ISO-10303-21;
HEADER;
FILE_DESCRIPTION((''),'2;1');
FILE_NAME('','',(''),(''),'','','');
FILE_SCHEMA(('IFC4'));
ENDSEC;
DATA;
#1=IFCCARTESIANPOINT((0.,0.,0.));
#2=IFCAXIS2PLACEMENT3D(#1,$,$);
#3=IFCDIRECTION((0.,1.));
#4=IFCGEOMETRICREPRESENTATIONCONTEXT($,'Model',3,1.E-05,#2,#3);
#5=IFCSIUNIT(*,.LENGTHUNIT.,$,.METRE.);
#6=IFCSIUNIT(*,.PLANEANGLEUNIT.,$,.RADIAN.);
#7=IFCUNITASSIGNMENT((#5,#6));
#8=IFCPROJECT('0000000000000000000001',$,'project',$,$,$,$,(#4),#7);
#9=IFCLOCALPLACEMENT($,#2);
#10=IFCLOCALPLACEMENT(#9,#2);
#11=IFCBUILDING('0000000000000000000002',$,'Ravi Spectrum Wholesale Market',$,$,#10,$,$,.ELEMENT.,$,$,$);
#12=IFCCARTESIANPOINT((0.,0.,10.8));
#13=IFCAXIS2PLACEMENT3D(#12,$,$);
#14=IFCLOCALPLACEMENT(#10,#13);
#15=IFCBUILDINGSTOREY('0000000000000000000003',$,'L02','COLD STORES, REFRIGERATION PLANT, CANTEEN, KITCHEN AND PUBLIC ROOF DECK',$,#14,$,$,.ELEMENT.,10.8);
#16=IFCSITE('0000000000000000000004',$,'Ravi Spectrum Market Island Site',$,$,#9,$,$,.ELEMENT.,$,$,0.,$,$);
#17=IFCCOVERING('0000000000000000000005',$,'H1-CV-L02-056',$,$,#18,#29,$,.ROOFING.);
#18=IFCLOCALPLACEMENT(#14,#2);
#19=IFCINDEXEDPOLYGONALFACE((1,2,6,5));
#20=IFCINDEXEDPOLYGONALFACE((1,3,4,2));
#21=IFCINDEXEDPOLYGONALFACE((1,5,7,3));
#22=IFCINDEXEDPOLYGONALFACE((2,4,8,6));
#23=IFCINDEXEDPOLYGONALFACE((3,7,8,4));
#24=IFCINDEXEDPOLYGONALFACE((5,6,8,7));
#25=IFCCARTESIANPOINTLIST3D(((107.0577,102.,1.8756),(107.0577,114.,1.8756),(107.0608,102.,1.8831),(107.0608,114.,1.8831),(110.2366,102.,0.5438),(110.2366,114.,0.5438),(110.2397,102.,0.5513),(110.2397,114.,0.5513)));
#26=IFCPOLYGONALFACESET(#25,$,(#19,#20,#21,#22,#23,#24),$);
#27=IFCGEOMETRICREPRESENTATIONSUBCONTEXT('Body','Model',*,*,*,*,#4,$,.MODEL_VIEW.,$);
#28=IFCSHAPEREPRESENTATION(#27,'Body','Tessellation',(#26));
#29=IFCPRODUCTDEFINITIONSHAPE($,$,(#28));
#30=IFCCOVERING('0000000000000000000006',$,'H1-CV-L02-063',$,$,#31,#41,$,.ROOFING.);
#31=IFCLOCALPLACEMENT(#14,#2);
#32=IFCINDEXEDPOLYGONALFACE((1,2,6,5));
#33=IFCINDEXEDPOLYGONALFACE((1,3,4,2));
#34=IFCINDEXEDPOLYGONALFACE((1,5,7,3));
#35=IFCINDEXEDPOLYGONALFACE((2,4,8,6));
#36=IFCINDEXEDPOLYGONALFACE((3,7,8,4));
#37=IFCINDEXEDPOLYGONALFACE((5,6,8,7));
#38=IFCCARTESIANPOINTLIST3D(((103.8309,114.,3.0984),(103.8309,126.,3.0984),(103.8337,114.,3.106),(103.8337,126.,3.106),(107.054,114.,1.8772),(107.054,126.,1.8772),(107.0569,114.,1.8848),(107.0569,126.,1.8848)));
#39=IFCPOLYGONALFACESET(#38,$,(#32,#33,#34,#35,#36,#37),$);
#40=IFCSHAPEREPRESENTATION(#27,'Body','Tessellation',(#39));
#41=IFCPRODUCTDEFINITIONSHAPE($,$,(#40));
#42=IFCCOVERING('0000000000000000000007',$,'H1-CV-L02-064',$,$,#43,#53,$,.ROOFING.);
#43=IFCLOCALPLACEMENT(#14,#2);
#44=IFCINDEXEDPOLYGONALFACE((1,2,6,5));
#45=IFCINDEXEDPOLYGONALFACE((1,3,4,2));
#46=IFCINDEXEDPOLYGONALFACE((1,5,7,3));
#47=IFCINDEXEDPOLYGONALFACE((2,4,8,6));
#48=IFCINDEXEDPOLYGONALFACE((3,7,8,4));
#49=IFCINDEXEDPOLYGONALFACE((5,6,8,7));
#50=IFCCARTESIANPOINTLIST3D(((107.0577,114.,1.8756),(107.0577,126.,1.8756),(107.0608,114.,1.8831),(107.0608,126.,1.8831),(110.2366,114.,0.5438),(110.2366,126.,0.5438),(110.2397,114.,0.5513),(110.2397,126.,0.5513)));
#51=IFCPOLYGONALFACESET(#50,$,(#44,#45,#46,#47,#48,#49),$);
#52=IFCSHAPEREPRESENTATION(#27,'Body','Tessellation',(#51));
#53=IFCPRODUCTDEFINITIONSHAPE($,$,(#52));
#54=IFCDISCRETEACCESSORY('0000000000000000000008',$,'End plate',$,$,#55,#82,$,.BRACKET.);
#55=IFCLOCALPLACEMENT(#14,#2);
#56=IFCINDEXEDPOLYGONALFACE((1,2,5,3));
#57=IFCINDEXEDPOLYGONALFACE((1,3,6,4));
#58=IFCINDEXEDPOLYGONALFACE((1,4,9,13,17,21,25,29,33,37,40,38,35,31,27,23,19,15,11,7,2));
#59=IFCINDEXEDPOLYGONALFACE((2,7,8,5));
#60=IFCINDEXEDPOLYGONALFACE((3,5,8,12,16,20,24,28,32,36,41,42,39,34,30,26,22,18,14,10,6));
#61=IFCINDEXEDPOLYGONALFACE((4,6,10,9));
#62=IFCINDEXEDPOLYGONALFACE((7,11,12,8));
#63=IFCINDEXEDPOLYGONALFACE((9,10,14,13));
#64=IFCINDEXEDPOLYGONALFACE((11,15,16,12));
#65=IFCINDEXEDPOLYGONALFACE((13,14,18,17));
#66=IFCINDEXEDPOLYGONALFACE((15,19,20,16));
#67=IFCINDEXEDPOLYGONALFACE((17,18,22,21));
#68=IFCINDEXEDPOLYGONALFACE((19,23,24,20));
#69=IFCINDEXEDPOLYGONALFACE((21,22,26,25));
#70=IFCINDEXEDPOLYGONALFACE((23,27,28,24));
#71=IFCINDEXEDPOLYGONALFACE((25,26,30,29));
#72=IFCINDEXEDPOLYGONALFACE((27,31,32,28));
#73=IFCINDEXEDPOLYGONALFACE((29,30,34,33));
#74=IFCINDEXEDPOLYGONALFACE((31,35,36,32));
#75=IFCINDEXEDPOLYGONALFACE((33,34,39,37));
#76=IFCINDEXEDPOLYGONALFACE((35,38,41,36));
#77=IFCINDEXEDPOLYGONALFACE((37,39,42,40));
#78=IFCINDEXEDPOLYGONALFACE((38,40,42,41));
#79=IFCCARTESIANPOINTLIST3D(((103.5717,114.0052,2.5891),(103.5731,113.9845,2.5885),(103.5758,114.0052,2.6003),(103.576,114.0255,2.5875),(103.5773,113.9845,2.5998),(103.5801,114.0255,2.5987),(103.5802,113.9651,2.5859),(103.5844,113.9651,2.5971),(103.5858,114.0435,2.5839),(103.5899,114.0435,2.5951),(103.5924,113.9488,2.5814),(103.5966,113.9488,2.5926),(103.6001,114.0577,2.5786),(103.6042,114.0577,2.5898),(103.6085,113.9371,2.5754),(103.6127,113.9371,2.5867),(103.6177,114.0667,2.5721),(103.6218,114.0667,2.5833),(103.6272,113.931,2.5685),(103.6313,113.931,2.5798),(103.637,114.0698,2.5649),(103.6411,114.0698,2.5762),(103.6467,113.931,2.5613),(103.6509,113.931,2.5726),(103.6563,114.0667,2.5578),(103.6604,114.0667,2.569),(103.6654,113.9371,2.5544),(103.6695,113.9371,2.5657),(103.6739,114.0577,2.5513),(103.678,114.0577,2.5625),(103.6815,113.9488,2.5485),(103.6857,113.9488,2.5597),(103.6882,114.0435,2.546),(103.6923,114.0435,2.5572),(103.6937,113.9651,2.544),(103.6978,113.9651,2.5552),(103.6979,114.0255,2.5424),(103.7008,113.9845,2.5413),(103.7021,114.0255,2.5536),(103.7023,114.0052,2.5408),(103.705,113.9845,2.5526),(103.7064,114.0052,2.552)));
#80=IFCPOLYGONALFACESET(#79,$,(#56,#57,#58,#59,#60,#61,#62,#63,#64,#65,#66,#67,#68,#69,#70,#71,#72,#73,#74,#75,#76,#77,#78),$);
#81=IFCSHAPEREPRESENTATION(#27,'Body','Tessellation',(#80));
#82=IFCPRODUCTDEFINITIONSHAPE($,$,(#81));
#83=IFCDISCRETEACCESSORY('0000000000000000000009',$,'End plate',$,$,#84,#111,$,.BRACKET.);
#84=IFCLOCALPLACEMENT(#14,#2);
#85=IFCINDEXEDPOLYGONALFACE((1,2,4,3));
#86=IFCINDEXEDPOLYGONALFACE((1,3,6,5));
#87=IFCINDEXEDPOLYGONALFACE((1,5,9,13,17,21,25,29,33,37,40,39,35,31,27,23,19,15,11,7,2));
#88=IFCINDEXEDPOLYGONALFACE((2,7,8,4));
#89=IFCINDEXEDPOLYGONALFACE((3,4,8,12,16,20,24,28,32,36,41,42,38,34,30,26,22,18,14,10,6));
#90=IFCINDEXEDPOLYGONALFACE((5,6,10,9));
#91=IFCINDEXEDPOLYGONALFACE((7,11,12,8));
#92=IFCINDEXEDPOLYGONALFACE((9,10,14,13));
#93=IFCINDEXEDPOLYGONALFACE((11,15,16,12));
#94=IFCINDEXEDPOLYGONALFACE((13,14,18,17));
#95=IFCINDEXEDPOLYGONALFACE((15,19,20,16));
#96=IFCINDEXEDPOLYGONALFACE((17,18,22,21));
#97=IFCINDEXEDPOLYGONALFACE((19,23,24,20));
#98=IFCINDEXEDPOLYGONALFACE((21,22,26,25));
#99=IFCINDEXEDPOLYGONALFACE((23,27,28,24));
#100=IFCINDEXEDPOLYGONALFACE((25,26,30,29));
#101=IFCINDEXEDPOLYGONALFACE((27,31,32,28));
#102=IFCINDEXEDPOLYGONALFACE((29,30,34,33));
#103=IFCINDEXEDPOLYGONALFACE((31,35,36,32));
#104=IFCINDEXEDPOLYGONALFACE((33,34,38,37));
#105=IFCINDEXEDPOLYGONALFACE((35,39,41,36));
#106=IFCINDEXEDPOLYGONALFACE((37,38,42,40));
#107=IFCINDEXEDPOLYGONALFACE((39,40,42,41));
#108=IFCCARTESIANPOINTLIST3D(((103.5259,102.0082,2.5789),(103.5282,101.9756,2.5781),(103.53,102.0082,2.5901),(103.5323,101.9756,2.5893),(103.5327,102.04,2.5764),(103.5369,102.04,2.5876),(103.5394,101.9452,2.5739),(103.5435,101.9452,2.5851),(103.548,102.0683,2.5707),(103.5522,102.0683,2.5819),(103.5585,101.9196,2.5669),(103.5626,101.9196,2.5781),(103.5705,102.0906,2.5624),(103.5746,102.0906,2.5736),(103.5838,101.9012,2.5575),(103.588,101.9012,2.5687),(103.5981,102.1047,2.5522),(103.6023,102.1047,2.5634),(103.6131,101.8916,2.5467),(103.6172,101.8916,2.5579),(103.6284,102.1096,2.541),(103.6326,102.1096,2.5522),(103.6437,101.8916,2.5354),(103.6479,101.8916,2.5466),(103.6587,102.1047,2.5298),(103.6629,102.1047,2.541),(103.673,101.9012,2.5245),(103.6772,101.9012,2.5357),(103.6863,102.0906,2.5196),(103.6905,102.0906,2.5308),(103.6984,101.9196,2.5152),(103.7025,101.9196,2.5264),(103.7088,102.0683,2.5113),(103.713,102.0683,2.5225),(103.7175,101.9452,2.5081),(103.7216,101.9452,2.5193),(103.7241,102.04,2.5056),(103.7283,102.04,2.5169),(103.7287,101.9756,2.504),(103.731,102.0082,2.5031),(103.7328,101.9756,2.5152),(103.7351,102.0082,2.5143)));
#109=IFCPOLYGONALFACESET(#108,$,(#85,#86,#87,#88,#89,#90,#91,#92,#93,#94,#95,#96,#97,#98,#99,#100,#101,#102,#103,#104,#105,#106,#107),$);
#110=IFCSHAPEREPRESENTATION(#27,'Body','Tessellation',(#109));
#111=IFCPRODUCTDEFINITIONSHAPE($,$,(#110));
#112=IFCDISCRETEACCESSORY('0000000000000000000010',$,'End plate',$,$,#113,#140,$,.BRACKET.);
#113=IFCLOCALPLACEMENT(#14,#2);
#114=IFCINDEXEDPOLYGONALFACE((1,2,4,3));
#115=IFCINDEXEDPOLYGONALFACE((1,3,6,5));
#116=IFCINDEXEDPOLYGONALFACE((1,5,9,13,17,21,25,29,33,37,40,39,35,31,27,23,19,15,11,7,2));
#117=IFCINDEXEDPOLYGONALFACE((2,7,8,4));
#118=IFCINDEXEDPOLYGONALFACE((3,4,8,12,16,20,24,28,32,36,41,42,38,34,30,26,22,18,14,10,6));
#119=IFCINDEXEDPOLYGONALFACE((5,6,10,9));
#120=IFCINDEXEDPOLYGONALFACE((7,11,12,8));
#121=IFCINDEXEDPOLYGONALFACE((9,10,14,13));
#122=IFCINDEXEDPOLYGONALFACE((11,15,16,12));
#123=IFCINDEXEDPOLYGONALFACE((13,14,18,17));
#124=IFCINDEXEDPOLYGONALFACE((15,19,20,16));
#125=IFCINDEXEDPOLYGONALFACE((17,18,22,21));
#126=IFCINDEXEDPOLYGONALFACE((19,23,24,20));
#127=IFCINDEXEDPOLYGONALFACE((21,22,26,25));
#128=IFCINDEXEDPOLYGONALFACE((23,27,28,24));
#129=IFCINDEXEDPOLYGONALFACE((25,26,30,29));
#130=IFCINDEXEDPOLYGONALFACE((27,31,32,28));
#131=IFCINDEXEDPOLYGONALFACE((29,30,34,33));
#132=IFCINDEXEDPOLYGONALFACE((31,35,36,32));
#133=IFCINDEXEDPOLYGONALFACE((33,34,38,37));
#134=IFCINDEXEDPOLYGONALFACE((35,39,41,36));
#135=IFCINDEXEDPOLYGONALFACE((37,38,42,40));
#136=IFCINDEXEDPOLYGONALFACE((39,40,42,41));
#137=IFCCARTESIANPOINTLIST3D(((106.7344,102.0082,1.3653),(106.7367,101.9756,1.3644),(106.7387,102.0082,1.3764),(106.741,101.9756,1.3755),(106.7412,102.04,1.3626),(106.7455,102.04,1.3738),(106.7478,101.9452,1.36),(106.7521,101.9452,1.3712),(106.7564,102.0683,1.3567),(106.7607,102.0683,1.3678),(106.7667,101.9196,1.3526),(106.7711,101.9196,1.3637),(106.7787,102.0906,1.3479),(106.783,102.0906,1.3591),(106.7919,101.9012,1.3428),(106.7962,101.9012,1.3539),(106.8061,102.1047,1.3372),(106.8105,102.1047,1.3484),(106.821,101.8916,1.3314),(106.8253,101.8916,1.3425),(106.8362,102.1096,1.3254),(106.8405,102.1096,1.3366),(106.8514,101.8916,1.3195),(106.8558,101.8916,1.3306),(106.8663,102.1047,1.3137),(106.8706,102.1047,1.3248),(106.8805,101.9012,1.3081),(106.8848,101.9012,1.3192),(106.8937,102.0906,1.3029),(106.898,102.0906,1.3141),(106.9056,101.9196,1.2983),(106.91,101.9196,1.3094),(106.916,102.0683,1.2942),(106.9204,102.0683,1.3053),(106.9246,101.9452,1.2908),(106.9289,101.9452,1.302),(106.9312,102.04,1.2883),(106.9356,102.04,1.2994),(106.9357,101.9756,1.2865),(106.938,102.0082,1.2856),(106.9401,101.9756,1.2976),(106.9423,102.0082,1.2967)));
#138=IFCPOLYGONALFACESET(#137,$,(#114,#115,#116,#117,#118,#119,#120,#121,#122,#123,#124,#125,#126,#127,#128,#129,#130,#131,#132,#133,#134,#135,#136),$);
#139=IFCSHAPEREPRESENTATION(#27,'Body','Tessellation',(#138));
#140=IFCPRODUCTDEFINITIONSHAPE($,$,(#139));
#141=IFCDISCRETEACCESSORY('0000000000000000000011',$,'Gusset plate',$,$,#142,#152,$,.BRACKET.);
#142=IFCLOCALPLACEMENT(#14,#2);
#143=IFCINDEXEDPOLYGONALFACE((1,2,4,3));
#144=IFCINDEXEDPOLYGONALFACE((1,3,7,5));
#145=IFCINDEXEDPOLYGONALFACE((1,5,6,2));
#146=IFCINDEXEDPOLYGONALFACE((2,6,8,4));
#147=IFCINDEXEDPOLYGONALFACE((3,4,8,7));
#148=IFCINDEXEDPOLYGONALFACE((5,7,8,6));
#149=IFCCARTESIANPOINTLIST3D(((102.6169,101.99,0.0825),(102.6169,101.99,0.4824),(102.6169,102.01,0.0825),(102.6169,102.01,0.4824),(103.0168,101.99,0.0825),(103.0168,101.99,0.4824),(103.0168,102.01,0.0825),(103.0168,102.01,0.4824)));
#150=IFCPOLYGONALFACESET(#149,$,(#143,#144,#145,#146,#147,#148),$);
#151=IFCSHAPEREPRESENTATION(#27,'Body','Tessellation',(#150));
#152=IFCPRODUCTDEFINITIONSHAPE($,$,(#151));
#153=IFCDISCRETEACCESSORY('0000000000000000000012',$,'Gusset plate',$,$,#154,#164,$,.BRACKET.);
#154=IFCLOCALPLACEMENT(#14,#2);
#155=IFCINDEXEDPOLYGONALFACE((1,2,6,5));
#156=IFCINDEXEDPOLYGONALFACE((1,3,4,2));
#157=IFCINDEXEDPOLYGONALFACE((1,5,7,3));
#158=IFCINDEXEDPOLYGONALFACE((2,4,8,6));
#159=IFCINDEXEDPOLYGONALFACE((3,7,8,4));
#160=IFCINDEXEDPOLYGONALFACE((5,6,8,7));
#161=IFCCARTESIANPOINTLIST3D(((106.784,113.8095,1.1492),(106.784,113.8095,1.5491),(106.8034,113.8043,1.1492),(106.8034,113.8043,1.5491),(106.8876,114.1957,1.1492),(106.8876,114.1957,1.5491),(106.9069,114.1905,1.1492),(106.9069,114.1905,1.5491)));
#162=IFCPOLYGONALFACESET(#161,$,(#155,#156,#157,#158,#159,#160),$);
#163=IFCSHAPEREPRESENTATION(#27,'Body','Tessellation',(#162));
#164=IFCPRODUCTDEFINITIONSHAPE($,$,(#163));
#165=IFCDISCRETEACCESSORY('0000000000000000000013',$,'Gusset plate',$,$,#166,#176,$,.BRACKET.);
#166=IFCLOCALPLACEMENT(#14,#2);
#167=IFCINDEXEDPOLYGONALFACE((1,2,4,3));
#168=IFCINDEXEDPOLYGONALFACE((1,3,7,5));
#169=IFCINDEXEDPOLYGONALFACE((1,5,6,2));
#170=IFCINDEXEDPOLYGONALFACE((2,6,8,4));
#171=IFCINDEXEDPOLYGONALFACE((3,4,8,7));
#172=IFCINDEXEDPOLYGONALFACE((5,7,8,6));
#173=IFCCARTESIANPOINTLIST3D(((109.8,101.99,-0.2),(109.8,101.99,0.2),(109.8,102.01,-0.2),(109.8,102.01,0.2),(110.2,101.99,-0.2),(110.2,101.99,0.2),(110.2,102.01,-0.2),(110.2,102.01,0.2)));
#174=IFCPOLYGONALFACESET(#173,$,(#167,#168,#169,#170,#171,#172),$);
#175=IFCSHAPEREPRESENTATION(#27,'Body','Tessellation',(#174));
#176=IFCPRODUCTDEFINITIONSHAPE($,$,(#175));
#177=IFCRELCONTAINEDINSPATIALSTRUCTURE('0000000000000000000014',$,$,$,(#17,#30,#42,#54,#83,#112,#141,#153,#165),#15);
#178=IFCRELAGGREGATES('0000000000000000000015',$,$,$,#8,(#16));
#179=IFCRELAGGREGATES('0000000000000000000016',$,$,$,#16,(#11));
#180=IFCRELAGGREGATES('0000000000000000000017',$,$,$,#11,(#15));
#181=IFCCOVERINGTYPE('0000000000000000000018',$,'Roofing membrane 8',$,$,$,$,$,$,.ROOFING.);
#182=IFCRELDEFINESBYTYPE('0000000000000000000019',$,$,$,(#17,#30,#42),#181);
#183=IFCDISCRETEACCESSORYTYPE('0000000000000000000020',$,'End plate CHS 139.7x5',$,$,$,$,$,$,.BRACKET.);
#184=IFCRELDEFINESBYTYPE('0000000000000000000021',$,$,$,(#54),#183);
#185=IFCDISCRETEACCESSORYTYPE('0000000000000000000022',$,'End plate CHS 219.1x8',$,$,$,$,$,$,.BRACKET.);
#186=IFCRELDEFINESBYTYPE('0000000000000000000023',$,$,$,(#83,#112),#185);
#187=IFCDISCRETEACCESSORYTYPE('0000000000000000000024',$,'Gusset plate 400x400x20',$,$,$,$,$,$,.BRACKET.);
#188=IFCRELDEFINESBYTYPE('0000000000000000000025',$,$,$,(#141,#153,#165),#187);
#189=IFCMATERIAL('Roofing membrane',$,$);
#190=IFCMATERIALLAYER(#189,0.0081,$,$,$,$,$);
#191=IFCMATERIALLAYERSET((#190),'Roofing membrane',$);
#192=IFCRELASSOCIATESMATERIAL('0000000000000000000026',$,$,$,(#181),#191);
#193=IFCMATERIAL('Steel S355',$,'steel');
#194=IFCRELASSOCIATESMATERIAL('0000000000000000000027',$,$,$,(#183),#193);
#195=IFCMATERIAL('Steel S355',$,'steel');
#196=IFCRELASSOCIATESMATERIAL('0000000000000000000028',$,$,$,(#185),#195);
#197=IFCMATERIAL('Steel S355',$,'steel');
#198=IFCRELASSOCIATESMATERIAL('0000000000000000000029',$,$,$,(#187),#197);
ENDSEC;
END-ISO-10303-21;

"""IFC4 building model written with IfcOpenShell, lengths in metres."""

from ifc_helpers import new_model, si_unit, direction, frame, origin, origin_2d, place, context, subcontext, project, spatial, polyline, rectangle, circle, outline, extrude, material, layer, layer_set, material_profile, profile_set, type_object, element, save


model = new_model("IFC4")

# Units and contexts
model_context = context("Model", 3, precision=1e-05, world=origin(), true_north=direction((0.0, 1.0)))
body_context = subcontext(model_context, "Body", "Model", "MODEL_VIEW")
ifc_project = project(units=[si_unit("LENGTHUNIT", "METRE"), si_unit("PLANEANGLEUNIT", "RADIAN")], contexts=[model_context])

# Site, building, storey
site_placement = place(None, origin())
site = spatial("IfcSite", under=ifc_project, at=site_placement, Name="Ravi Spectrum Market Island Site", CompositionType="ELEMENT", RefElevation=0.0)
building_placement = place(site_placement, origin())
building = spatial("IfcBuilding", under=site, at=building_placement, Name="Ravi Spectrum Wholesale Market", CompositionType="ELEMENT")
storey_placement = place(building_placement, frame((0.0, 0.0, 10.8)))
storey = spatial("IfcBuildingStorey", under=building, at=storey_placement, Name="L02", Description="COLD STORES, REFRIGERATION PLANT, CANTEEN, KITCHEN AND PUBLIC ROOF DECK", CompositionType="ELEMENT", Elevation=10.8)

# Coverings
ifc_material_1 = material(Name="Roofing membrane")
ifc_layer_1 = layer(ifc_material_1, 0.0081)
ifc_layer_set_1 = layer_set([ifc_layer_1], Name="Roofing membrane")
covering_type = type_object("IfcCoveringType", Name="Roofing membrane 8", PredefinedType="ROOFING", material=ifc_layer_set_1)
covering_1_placement = place(storey_placement, frame((107.0608, 102.0, 1.8831), z_axis=(0.3864, 0.0, 0.922331), x_axis=(0.922331, 0.0, -0.3864)))
element("IfcCovering", 1, at=covering_1_placement, inside=storey, type_object=covering_type, Name="H1-CV-L02-056", PredefinedType="ROOFING", context=body_context, shape_type="SweptSolid", body=[
    extrude(outline(polyline([(0.0, 0.0), (3.4467, 0.0), (3.4467, 12.0), (0.0, 12.0), (0.0, 0.0)])), origin(), (0.0, 0.0, -1.0), 0.0081),
])
covering_2_placement = place(storey_placement, frame((103.8337, 114.0, 3.106), z_axis=(0.354304, 0.0, 0.93513), x_axis=(0.93513, 0.0, -0.354304)))
element("IfcCovering", 2, at=covering_2_placement, inside=storey, type_object=covering_type, Name="H1-CV-L02-063", PredefinedType="ROOFING", context=body_context, shape_type="SweptSolid", body=[
    extrude(outline(polyline([(0.0, 0.0), (3.4467, 0.0), (3.4467, 12.0), (0.0, 12.0), (0.0, 0.0)])), origin(), (0.0, 0.0, -1.0), 0.0081),
])
covering_3_placement = place(storey_placement, frame((107.0608, 114.0, 1.8831), z_axis=(0.3864, 0.0, 0.922331), x_axis=(0.922331, 0.0, -0.3864)))
element("IfcCovering", 3, at=covering_3_placement, inside=storey, type_object=covering_type, Name="H1-CV-L02-064", PredefinedType="ROOFING", context=body_context, shape_type="SweptSolid", body=[
    extrude(outline(polyline([(0.0, 0.0), (3.4467, 0.0), (3.4467, 12.0), (0.0, 12.0), (0.0, 0.0)])), origin(), (0.0, 0.0, -1.0), 0.0081),
])

# Discrete accessories
ifc_material_2 = material(Name="Steel S355", Category="steel")
ifc_material_profile_1 = material_profile(ifc_material_2, circle(Radius=0.0698, at=origin_2d()))
ifc_profile_set_1 = profile_set([ifc_material_profile_1], Name="Steel S355")
discrete_accessory_type_1 = type_object("IfcDiscreteAccessoryType", Name="End plate CHS 139.7x5", PredefinedType="BRACKET", material=ifc_profile_set_1)
discrete_accessory_placement = place(storey_placement, frame((103.637, 114.0, 2.5649), z_axis=(0.34665, 0.0, 0.937994), x_axis=(0.0, 1.0, 0.0)))
element("IfcDiscreteAccessory", 4, at=discrete_accessory_placement, inside=storey, type_object=discrete_accessory_type_1, Name="End plate", PredefinedType="BRACKET", context=body_context, shape_type="SweptSolid", body=[
    extrude(circle(Radius=0.0698, at=origin_2d()), origin(), (0.0, 0.0, 1.0), 0.012),
])
ifc_material_3 = material(Name="Steel S355", Category="steel")
ifc_material_profile_2 = material_profile(ifc_material_3, circle(Radius=0.1096, at=origin_2d()))
ifc_profile_set_2 = profile_set([ifc_material_profile_2], Name="Steel S355")
discrete_accessory_type_2 = type_object("IfcDiscreteAccessoryType", Name="End plate CHS 219.1x8", PredefinedType="BRACKET", material=ifc_profile_set_2)
for number, where, z_axis, x_axis, name in (
    (5, (103.6284, 102.0, 2.541), (0.34665, 0.0, 0.937994), (0.0, 1.0, 0.0), "End plate"),
    (6, (106.8362, 102.0, 1.3254), (0.364399, 0.0, 0.931243), (0.0, 1.0, 0.0), "End plate"),
):
    element("IfcDiscreteAccessory", number, at=place(storey_placement, frame(where, z_axis=z_axis, x_axis=x_axis)), inside=storey, type_object=discrete_accessory_type_2, Name=name, PredefinedType="BRACKET", context=body_context, shape_type="SweptSolid", body=[
        extrude(circle(Radius=0.1096, at=origin_2d()), origin(), (0.0, 0.0, 1.0), 0.012),
    ])
ifc_material_4 = material(Name="Steel S355", Category="steel")
ifc_material_profile_3 = material_profile(ifc_material_4, rectangle(XDim=0.3999, YDim=0.02, at=origin_2d()))
ifc_profile_set_3 = profile_set([ifc_material_profile_3], Name="Steel S355")
discrete_accessory_type_3 = type_object("IfcDiscreteAccessoryType", Name="Gusset plate 400x400x20", PredefinedType="BRACKET", material=ifc_profile_set_3)
for number, where, z_axis, x_axis, name in (
    (7, (102.8169, 102.0, 0.0825), (0.0, 0.0, 1.0), (-1.0, 0.0, 0.0), "Gusset plate"),
    (8, (106.8455, 114.0, 1.1492), (0.0, 0.0, 1.0), (0.258949, 0.965891, 0.0), "Gusset plate"),
    (9, (110.0, 102.0, -0.2), (0.0, 0.0, 1.0), (1.0, 0.0, 0.0), "Gusset plate"),
):
    element("IfcDiscreteAccessory", number, at=place(storey_placement, frame(where, z_axis=z_axis, x_axis=x_axis)), inside=storey, type_object=discrete_accessory_type_3, Name=name, PredefinedType="BRACKET", context=body_context, shape_type="SweptSolid", body=[
        extrude(rectangle(XDim=0.3999, YDim=0.02, at=origin_2d()), origin(), (0.0, 0.0, 1.0), 0.3999),
    ])

save(model, "model.ifc")
